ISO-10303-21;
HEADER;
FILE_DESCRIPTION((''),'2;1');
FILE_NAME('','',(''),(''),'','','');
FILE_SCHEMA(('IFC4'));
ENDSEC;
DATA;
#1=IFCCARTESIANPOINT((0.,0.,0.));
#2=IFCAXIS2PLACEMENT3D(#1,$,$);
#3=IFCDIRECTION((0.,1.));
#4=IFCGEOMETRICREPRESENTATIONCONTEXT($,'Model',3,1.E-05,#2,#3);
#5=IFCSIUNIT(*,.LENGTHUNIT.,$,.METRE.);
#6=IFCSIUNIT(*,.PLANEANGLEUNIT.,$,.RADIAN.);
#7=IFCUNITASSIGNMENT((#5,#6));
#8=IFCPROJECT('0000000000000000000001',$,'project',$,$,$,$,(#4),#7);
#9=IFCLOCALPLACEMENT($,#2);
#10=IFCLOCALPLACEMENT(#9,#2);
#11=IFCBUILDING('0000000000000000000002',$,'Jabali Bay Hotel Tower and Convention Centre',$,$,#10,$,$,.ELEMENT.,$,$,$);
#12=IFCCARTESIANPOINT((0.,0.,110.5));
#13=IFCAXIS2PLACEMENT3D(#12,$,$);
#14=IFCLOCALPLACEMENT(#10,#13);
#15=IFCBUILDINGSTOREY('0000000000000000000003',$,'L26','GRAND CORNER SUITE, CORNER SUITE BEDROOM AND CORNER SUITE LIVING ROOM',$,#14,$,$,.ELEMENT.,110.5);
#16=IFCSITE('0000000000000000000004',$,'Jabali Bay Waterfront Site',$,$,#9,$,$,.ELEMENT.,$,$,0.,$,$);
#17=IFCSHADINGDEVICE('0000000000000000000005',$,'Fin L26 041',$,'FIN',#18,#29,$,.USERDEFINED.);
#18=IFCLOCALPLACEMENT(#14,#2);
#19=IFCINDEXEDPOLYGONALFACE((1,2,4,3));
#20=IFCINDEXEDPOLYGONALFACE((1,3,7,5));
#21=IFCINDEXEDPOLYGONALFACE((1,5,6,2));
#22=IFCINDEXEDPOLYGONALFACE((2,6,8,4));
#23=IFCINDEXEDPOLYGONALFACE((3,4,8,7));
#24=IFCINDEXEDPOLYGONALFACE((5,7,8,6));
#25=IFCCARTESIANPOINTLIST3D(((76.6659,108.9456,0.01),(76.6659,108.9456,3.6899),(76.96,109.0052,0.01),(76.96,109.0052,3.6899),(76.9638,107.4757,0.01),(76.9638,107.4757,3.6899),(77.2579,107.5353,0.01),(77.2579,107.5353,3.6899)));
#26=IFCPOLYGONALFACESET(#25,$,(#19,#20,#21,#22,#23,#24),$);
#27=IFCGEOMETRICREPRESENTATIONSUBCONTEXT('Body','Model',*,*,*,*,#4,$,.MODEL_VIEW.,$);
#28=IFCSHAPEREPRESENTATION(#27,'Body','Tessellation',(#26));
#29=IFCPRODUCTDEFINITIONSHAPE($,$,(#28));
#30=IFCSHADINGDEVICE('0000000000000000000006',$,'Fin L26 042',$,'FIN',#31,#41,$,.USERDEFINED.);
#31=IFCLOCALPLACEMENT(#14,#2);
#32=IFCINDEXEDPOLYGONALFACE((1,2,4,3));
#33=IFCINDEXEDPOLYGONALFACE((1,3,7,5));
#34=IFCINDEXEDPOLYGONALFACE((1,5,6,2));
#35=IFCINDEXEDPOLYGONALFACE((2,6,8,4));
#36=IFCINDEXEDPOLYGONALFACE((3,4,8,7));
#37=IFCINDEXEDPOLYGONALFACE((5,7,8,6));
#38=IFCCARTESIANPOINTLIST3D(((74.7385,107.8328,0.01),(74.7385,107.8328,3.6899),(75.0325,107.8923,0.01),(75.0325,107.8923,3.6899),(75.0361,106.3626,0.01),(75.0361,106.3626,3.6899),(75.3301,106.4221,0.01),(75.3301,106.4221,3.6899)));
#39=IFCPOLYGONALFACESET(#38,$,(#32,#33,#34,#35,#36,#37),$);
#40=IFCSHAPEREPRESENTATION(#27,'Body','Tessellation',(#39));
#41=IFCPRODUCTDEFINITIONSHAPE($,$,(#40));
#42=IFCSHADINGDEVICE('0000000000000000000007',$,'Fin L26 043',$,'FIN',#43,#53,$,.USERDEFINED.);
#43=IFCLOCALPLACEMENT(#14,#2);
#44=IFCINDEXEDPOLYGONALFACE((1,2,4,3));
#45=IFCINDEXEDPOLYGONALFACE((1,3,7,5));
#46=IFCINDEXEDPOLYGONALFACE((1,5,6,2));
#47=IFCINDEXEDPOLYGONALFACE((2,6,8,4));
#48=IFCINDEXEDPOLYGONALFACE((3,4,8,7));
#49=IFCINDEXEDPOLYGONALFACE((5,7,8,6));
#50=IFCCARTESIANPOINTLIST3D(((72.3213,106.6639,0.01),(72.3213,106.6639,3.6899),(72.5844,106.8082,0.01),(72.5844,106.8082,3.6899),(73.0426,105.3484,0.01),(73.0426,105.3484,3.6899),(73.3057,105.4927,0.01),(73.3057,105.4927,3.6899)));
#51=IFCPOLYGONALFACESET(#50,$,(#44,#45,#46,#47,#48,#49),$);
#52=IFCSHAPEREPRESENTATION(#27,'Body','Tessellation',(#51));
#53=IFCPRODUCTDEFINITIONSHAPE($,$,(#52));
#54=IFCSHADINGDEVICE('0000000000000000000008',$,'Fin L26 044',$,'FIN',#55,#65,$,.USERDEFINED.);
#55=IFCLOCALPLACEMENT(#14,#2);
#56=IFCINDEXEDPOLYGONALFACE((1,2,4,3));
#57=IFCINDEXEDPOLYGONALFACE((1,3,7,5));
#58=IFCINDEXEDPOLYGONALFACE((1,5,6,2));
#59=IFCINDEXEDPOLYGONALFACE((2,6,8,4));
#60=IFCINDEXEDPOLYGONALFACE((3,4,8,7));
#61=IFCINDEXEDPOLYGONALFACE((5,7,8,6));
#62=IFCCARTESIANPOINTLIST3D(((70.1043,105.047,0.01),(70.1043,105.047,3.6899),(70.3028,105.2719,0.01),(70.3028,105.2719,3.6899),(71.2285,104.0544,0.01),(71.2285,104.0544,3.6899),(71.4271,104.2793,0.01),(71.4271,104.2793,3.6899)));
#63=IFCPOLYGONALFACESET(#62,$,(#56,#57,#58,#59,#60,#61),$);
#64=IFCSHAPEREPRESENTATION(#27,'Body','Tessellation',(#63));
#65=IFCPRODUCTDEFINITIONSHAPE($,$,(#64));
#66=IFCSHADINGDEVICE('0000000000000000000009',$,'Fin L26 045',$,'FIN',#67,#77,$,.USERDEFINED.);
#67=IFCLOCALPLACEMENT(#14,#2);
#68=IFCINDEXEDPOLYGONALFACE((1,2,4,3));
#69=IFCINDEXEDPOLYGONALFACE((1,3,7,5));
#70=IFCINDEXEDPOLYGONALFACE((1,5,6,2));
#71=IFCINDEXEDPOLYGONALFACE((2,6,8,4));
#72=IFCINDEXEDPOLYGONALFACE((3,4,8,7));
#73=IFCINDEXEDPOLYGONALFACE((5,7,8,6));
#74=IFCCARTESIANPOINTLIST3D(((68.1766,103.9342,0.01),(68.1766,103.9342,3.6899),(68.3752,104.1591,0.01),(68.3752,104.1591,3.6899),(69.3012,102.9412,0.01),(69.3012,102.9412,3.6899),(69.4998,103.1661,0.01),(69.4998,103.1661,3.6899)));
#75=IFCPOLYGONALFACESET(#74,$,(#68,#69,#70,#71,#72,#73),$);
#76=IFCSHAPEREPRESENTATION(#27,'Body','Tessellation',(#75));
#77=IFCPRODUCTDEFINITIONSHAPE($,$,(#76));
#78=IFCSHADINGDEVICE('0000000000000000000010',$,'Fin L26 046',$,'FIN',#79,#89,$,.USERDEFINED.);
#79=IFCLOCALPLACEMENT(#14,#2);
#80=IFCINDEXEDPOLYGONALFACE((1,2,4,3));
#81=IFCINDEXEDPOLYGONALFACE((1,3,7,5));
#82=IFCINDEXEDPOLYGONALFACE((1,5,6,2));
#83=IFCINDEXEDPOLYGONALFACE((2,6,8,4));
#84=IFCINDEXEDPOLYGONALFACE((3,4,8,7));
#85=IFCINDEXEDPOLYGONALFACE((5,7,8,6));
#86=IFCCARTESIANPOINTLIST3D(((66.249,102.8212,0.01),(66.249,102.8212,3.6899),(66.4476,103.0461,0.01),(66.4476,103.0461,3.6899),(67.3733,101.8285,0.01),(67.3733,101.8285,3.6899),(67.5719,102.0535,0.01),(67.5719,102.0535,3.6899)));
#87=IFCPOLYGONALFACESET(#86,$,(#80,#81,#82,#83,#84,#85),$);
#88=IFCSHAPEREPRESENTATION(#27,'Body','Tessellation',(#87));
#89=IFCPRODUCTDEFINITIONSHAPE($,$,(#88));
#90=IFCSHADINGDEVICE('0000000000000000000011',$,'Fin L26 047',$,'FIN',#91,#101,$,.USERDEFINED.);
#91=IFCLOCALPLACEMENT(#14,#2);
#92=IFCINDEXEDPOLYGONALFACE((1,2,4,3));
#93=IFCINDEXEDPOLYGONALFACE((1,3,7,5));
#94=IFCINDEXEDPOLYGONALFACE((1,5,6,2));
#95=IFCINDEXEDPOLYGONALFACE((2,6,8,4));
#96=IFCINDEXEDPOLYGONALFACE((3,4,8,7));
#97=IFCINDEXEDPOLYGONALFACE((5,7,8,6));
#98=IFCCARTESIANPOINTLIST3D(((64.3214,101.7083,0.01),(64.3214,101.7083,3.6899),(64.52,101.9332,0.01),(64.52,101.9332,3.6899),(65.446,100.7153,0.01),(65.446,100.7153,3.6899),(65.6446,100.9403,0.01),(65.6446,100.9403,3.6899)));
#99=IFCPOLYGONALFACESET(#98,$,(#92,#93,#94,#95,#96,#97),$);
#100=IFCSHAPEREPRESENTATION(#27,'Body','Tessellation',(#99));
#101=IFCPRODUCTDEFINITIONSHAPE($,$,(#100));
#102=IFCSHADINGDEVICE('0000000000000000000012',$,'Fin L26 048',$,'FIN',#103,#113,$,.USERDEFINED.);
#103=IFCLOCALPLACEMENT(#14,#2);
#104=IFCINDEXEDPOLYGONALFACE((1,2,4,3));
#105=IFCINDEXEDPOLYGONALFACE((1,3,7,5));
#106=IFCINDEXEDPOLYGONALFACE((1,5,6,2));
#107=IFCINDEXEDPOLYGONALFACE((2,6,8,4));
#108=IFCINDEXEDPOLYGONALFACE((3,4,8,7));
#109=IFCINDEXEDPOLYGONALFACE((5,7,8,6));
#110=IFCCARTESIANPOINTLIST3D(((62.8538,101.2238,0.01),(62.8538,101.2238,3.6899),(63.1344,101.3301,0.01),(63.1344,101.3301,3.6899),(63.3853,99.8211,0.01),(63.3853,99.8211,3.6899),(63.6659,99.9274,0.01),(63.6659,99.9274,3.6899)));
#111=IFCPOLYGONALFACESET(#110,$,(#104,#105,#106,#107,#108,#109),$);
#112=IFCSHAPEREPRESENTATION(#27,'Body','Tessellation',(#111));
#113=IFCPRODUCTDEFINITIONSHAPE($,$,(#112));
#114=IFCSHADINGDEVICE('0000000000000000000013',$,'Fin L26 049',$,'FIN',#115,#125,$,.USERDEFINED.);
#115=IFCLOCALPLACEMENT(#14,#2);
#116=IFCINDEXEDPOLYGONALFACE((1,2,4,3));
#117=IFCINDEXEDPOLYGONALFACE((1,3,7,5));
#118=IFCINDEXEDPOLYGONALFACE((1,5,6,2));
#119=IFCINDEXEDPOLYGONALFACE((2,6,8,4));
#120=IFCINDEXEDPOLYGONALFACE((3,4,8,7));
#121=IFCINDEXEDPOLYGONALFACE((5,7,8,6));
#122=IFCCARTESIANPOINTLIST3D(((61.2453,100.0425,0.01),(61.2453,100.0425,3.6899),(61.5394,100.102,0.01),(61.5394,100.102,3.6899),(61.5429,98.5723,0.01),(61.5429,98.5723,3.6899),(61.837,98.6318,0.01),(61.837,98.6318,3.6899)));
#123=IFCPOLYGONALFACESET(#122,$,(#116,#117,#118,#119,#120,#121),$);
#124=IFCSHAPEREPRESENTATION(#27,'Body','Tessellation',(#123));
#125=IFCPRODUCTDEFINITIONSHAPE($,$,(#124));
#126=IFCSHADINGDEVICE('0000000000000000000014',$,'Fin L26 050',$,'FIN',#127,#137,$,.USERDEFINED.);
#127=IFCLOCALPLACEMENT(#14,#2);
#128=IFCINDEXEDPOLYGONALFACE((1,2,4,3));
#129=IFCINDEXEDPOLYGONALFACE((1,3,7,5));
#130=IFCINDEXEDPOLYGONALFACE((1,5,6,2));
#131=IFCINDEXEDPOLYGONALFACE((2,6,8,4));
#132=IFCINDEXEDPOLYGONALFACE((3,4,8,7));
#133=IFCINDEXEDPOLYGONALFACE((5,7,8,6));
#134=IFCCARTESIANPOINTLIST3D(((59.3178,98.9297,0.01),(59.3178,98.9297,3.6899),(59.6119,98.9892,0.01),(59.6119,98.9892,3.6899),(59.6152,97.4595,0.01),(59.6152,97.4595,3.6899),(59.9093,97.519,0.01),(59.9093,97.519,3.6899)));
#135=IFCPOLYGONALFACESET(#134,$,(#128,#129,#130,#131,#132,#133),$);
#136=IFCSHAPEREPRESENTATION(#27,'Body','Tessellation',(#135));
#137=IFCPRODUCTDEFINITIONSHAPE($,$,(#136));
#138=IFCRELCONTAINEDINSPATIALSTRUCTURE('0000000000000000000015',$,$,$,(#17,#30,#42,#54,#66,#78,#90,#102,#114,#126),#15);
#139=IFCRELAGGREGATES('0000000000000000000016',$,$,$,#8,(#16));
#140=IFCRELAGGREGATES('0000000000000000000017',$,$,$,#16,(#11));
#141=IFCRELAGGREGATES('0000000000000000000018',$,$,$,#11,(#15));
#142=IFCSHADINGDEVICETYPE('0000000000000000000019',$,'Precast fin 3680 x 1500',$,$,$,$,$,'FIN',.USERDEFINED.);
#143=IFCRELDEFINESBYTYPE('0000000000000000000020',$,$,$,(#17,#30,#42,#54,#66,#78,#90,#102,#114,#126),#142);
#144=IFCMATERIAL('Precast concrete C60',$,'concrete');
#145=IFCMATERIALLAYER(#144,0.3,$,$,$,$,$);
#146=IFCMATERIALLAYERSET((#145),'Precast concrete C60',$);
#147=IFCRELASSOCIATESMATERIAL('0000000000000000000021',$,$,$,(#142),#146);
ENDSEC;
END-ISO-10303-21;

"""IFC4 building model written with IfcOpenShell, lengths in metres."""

from ifc_helpers import new_model, si_unit, direction, frame, frame_2d, origin, place, context, subcontext, project, spatial, rectangle, extrude, material, layer, layer_set, type_object, element, save


model = new_model("IFC4")

# Units and contexts
model_context = context("Model", 3, precision=1e-05, world=origin(), true_north=direction((0.0, 1.0)))
body_context = subcontext(model_context, "Body", "Model", "MODEL_VIEW")
ifc_project = project(units=[si_unit("LENGTHUNIT", "METRE"), si_unit("PLANEANGLEUNIT", "RADIAN")], contexts=[model_context])

# Site, building, storey
site_placement = place(None, origin())
site = spatial("IfcSite", under=ifc_project, at=site_placement, Name="Jabali Bay Waterfront Site", CompositionType="ELEMENT", RefElevation=0.0)
building_placement = place(site_placement, origin())
building = spatial("IfcBuilding", under=site, at=building_placement, Name="Jabali Bay Hotel Tower and Convention Centre", CompositionType="ELEMENT")
storey_placement = place(building_placement, frame((0.0, 0.0, 110.5)))
storey = spatial("IfcBuildingStorey", under=building, at=storey_placement, Name="L26", Description="GRAND CORNER SUITE, CORNER SUITE BEDROOM AND CORNER SUITE LIVING ROOM", CompositionType="ELEMENT", Elevation=110.5)

# Shading devices
ifc_material_1 = material(Name="Precast concrete C60", Category="concrete")
ifc_layer_1 = layer(ifc_material_1, 0.3)
ifc_layer_set_1 = layer_set([ifc_layer_1], Name="Precast concrete C60")
shading_device_type = type_object("IfcShadingDeviceType", Name="Precast fin 3680 x 1500", ElementType="FIN", PredefinedType="USERDEFINED", material=ifc_layer_set_1)
shading_device_1_placement = place(storey_placement, frame((77.1108, 107.5054, 0.01), z_axis=(0.0, 0.0, 1.0), x_axis=(-0.198588, 0.980083, 0.0)))
element("IfcShadingDevice", 1, at=shading_device_1_placement, inside=storey, type_object=shading_device_type, Name="Fin L26 041", ObjectType="FIN", PredefinedType="USERDEFINED", context=body_context, shape_type="SweptSolid", body=[
    extrude(rectangle(XDim=1.4998, YDim=0.3, at=frame_2d((0.75, 0.0))), origin(), (0.0, 0.0, 1.0), 3.6799),
])
shading_device_2_placement = place(storey_placement, frame((75.1831, 106.3923, 0.01), z_axis=(0.0, 0.0, 1.0), x_axis=(-0.1984, 0.980121, 0.0)))
element("IfcShadingDevice", 2, at=shading_device_2_placement, inside=storey, type_object=shading_device_type, Name="Fin L26 042", ObjectType="FIN", PredefinedType="USERDEFINED", context=body_context, shape_type="SweptSolid", body=[
    extrude(rectangle(XDim=1.5, YDim=0.3, at=frame_2d((0.75, 0.0))), origin(), (0.0, 0.0, 1.0), 3.6799),
])
shading_device_3_placement = place(storey_placement, frame((73.1741, 105.4207, 0.01), z_axis=(0.0, 0.0, 1.0), x_axis=(-0.480744, 0.876861, 0.0)))
element("IfcShadingDevice", 3, at=shading_device_3_placement, inside=storey, type_object=shading_device_type, Name="Fin L26 043", ObjectType="FIN", PredefinedType="USERDEFINED", context=body_context, shape_type="SweptSolid", body=[
    extrude(rectangle(XDim=1.5002, YDim=0.3, at=frame_2d((0.75, 0.0))), origin(), (0.0, 0.0, 1.0), 3.6799),
])
shading_device_4_placement = place(storey_placement, frame((71.3279, 104.1667, 0.01), z_axis=(0.0, 0.0, 1.0), x_axis=(-0.749615, 0.661875, 0.0)))
element("IfcShadingDevice", 4, at=shading_device_4_placement, inside=storey, type_object=shading_device_type, Name="Fin L26 044", ObjectType="FIN", PredefinedType="USERDEFINED", context=body_context, shape_type="SweptSolid", body=[
    extrude(rectangle(XDim=1.4998, YDim=0.3, at=frame_2d((0.75, 0.0))), origin(), (0.0, 0.0, 1.0), 3.6799),
])
shading_device_5_placement = place(storey_placement, frame((69.4004, 103.0537, 0.01), z_axis=(0.0, 0.0, 1.0), x_axis=(-0.749605, 0.661885, 0.0)))
element("IfcShadingDevice", 5, at=shading_device_5_placement, inside=storey, type_object=shading_device_type, Name="Fin L26 045", ObjectType="FIN", PredefinedType="USERDEFINED", context=body_context, shape_type="SweptSolid", body=[
    extrude(rectangle(XDim=1.5002, YDim=0.3, at=frame_2d((0.75, 0.0))), origin(), (0.0, 0.0, 1.0), 3.6799),
])
shading_device_6_placement = place(storey_placement, frame((67.4727, 101.9409, 0.01), z_axis=(0.0, 0.0, 1.0), x_axis=(-0.749615, 0.661875, 0.0)))
element("IfcShadingDevice", 6, at=shading_device_6_placement, inside=storey, type_object=shading_device_type, Name="Fin L26 046", ObjectType="FIN", PredefinedType="USERDEFINED", context=body_context, shape_type="SweptSolid", body=[
    extrude(rectangle(XDim=1.4998, YDim=0.3, at=frame_2d((0.75, 0.0))), origin(), (0.0, 0.0, 1.0), 3.6799),
])
shading_device_7_placement = place(storey_placement, frame((65.5452, 100.8279, 0.01), z_axis=(0.0, 0.0, 1.0), x_axis=(-0.749605, 0.661885, 0.0)))
element("IfcShadingDevice", 7, at=shading_device_7_placement, inside=storey, type_object=shading_device_type, Name="Fin L26 047", ObjectType="FIN", PredefinedType="USERDEFINED", context=body_context, shape_type="SweptSolid", body=[
    extrude(rectangle(XDim=1.5002, YDim=0.3, at=frame_2d((0.75, 0.0))), origin(), (0.0, 0.0, 1.0), 3.6799),
])
for number, where, z_axis, x_axis, name in (
    (8, (63.5256, 99.8743, 0.01), (0.0, 0.0, 1.0), (-0.35435, 0.935113, 0.0), "Fin L26 048"),
    (9, (61.6899, 98.6021, 0.01), (0.0, 0.0, 1.0), (-0.1984, 0.980121, 0.0), "Fin L26 049"),
    (10, (59.7622, 97.4893, 0.01), (0.0, 0.0, 1.0), (-0.198244, 0.980153, 0.0), "Fin L26 050"),
):
    element("IfcShadingDevice", number, at=place(storey_placement, frame(where, z_axis=z_axis, x_axis=x_axis)), inside=storey, type_object=shading_device_type, Name=name, ObjectType="FIN", PredefinedType="USERDEFINED", context=body_context, shape_type="SweptSolid", body=[
        extrude(rectangle(XDim=1.5, YDim=0.3, at=frame_2d((0.75, 0.0))), origin(), (0.0, 0.0, 1.0), 3.6799),
    ])

save(model, "model.ifc")
